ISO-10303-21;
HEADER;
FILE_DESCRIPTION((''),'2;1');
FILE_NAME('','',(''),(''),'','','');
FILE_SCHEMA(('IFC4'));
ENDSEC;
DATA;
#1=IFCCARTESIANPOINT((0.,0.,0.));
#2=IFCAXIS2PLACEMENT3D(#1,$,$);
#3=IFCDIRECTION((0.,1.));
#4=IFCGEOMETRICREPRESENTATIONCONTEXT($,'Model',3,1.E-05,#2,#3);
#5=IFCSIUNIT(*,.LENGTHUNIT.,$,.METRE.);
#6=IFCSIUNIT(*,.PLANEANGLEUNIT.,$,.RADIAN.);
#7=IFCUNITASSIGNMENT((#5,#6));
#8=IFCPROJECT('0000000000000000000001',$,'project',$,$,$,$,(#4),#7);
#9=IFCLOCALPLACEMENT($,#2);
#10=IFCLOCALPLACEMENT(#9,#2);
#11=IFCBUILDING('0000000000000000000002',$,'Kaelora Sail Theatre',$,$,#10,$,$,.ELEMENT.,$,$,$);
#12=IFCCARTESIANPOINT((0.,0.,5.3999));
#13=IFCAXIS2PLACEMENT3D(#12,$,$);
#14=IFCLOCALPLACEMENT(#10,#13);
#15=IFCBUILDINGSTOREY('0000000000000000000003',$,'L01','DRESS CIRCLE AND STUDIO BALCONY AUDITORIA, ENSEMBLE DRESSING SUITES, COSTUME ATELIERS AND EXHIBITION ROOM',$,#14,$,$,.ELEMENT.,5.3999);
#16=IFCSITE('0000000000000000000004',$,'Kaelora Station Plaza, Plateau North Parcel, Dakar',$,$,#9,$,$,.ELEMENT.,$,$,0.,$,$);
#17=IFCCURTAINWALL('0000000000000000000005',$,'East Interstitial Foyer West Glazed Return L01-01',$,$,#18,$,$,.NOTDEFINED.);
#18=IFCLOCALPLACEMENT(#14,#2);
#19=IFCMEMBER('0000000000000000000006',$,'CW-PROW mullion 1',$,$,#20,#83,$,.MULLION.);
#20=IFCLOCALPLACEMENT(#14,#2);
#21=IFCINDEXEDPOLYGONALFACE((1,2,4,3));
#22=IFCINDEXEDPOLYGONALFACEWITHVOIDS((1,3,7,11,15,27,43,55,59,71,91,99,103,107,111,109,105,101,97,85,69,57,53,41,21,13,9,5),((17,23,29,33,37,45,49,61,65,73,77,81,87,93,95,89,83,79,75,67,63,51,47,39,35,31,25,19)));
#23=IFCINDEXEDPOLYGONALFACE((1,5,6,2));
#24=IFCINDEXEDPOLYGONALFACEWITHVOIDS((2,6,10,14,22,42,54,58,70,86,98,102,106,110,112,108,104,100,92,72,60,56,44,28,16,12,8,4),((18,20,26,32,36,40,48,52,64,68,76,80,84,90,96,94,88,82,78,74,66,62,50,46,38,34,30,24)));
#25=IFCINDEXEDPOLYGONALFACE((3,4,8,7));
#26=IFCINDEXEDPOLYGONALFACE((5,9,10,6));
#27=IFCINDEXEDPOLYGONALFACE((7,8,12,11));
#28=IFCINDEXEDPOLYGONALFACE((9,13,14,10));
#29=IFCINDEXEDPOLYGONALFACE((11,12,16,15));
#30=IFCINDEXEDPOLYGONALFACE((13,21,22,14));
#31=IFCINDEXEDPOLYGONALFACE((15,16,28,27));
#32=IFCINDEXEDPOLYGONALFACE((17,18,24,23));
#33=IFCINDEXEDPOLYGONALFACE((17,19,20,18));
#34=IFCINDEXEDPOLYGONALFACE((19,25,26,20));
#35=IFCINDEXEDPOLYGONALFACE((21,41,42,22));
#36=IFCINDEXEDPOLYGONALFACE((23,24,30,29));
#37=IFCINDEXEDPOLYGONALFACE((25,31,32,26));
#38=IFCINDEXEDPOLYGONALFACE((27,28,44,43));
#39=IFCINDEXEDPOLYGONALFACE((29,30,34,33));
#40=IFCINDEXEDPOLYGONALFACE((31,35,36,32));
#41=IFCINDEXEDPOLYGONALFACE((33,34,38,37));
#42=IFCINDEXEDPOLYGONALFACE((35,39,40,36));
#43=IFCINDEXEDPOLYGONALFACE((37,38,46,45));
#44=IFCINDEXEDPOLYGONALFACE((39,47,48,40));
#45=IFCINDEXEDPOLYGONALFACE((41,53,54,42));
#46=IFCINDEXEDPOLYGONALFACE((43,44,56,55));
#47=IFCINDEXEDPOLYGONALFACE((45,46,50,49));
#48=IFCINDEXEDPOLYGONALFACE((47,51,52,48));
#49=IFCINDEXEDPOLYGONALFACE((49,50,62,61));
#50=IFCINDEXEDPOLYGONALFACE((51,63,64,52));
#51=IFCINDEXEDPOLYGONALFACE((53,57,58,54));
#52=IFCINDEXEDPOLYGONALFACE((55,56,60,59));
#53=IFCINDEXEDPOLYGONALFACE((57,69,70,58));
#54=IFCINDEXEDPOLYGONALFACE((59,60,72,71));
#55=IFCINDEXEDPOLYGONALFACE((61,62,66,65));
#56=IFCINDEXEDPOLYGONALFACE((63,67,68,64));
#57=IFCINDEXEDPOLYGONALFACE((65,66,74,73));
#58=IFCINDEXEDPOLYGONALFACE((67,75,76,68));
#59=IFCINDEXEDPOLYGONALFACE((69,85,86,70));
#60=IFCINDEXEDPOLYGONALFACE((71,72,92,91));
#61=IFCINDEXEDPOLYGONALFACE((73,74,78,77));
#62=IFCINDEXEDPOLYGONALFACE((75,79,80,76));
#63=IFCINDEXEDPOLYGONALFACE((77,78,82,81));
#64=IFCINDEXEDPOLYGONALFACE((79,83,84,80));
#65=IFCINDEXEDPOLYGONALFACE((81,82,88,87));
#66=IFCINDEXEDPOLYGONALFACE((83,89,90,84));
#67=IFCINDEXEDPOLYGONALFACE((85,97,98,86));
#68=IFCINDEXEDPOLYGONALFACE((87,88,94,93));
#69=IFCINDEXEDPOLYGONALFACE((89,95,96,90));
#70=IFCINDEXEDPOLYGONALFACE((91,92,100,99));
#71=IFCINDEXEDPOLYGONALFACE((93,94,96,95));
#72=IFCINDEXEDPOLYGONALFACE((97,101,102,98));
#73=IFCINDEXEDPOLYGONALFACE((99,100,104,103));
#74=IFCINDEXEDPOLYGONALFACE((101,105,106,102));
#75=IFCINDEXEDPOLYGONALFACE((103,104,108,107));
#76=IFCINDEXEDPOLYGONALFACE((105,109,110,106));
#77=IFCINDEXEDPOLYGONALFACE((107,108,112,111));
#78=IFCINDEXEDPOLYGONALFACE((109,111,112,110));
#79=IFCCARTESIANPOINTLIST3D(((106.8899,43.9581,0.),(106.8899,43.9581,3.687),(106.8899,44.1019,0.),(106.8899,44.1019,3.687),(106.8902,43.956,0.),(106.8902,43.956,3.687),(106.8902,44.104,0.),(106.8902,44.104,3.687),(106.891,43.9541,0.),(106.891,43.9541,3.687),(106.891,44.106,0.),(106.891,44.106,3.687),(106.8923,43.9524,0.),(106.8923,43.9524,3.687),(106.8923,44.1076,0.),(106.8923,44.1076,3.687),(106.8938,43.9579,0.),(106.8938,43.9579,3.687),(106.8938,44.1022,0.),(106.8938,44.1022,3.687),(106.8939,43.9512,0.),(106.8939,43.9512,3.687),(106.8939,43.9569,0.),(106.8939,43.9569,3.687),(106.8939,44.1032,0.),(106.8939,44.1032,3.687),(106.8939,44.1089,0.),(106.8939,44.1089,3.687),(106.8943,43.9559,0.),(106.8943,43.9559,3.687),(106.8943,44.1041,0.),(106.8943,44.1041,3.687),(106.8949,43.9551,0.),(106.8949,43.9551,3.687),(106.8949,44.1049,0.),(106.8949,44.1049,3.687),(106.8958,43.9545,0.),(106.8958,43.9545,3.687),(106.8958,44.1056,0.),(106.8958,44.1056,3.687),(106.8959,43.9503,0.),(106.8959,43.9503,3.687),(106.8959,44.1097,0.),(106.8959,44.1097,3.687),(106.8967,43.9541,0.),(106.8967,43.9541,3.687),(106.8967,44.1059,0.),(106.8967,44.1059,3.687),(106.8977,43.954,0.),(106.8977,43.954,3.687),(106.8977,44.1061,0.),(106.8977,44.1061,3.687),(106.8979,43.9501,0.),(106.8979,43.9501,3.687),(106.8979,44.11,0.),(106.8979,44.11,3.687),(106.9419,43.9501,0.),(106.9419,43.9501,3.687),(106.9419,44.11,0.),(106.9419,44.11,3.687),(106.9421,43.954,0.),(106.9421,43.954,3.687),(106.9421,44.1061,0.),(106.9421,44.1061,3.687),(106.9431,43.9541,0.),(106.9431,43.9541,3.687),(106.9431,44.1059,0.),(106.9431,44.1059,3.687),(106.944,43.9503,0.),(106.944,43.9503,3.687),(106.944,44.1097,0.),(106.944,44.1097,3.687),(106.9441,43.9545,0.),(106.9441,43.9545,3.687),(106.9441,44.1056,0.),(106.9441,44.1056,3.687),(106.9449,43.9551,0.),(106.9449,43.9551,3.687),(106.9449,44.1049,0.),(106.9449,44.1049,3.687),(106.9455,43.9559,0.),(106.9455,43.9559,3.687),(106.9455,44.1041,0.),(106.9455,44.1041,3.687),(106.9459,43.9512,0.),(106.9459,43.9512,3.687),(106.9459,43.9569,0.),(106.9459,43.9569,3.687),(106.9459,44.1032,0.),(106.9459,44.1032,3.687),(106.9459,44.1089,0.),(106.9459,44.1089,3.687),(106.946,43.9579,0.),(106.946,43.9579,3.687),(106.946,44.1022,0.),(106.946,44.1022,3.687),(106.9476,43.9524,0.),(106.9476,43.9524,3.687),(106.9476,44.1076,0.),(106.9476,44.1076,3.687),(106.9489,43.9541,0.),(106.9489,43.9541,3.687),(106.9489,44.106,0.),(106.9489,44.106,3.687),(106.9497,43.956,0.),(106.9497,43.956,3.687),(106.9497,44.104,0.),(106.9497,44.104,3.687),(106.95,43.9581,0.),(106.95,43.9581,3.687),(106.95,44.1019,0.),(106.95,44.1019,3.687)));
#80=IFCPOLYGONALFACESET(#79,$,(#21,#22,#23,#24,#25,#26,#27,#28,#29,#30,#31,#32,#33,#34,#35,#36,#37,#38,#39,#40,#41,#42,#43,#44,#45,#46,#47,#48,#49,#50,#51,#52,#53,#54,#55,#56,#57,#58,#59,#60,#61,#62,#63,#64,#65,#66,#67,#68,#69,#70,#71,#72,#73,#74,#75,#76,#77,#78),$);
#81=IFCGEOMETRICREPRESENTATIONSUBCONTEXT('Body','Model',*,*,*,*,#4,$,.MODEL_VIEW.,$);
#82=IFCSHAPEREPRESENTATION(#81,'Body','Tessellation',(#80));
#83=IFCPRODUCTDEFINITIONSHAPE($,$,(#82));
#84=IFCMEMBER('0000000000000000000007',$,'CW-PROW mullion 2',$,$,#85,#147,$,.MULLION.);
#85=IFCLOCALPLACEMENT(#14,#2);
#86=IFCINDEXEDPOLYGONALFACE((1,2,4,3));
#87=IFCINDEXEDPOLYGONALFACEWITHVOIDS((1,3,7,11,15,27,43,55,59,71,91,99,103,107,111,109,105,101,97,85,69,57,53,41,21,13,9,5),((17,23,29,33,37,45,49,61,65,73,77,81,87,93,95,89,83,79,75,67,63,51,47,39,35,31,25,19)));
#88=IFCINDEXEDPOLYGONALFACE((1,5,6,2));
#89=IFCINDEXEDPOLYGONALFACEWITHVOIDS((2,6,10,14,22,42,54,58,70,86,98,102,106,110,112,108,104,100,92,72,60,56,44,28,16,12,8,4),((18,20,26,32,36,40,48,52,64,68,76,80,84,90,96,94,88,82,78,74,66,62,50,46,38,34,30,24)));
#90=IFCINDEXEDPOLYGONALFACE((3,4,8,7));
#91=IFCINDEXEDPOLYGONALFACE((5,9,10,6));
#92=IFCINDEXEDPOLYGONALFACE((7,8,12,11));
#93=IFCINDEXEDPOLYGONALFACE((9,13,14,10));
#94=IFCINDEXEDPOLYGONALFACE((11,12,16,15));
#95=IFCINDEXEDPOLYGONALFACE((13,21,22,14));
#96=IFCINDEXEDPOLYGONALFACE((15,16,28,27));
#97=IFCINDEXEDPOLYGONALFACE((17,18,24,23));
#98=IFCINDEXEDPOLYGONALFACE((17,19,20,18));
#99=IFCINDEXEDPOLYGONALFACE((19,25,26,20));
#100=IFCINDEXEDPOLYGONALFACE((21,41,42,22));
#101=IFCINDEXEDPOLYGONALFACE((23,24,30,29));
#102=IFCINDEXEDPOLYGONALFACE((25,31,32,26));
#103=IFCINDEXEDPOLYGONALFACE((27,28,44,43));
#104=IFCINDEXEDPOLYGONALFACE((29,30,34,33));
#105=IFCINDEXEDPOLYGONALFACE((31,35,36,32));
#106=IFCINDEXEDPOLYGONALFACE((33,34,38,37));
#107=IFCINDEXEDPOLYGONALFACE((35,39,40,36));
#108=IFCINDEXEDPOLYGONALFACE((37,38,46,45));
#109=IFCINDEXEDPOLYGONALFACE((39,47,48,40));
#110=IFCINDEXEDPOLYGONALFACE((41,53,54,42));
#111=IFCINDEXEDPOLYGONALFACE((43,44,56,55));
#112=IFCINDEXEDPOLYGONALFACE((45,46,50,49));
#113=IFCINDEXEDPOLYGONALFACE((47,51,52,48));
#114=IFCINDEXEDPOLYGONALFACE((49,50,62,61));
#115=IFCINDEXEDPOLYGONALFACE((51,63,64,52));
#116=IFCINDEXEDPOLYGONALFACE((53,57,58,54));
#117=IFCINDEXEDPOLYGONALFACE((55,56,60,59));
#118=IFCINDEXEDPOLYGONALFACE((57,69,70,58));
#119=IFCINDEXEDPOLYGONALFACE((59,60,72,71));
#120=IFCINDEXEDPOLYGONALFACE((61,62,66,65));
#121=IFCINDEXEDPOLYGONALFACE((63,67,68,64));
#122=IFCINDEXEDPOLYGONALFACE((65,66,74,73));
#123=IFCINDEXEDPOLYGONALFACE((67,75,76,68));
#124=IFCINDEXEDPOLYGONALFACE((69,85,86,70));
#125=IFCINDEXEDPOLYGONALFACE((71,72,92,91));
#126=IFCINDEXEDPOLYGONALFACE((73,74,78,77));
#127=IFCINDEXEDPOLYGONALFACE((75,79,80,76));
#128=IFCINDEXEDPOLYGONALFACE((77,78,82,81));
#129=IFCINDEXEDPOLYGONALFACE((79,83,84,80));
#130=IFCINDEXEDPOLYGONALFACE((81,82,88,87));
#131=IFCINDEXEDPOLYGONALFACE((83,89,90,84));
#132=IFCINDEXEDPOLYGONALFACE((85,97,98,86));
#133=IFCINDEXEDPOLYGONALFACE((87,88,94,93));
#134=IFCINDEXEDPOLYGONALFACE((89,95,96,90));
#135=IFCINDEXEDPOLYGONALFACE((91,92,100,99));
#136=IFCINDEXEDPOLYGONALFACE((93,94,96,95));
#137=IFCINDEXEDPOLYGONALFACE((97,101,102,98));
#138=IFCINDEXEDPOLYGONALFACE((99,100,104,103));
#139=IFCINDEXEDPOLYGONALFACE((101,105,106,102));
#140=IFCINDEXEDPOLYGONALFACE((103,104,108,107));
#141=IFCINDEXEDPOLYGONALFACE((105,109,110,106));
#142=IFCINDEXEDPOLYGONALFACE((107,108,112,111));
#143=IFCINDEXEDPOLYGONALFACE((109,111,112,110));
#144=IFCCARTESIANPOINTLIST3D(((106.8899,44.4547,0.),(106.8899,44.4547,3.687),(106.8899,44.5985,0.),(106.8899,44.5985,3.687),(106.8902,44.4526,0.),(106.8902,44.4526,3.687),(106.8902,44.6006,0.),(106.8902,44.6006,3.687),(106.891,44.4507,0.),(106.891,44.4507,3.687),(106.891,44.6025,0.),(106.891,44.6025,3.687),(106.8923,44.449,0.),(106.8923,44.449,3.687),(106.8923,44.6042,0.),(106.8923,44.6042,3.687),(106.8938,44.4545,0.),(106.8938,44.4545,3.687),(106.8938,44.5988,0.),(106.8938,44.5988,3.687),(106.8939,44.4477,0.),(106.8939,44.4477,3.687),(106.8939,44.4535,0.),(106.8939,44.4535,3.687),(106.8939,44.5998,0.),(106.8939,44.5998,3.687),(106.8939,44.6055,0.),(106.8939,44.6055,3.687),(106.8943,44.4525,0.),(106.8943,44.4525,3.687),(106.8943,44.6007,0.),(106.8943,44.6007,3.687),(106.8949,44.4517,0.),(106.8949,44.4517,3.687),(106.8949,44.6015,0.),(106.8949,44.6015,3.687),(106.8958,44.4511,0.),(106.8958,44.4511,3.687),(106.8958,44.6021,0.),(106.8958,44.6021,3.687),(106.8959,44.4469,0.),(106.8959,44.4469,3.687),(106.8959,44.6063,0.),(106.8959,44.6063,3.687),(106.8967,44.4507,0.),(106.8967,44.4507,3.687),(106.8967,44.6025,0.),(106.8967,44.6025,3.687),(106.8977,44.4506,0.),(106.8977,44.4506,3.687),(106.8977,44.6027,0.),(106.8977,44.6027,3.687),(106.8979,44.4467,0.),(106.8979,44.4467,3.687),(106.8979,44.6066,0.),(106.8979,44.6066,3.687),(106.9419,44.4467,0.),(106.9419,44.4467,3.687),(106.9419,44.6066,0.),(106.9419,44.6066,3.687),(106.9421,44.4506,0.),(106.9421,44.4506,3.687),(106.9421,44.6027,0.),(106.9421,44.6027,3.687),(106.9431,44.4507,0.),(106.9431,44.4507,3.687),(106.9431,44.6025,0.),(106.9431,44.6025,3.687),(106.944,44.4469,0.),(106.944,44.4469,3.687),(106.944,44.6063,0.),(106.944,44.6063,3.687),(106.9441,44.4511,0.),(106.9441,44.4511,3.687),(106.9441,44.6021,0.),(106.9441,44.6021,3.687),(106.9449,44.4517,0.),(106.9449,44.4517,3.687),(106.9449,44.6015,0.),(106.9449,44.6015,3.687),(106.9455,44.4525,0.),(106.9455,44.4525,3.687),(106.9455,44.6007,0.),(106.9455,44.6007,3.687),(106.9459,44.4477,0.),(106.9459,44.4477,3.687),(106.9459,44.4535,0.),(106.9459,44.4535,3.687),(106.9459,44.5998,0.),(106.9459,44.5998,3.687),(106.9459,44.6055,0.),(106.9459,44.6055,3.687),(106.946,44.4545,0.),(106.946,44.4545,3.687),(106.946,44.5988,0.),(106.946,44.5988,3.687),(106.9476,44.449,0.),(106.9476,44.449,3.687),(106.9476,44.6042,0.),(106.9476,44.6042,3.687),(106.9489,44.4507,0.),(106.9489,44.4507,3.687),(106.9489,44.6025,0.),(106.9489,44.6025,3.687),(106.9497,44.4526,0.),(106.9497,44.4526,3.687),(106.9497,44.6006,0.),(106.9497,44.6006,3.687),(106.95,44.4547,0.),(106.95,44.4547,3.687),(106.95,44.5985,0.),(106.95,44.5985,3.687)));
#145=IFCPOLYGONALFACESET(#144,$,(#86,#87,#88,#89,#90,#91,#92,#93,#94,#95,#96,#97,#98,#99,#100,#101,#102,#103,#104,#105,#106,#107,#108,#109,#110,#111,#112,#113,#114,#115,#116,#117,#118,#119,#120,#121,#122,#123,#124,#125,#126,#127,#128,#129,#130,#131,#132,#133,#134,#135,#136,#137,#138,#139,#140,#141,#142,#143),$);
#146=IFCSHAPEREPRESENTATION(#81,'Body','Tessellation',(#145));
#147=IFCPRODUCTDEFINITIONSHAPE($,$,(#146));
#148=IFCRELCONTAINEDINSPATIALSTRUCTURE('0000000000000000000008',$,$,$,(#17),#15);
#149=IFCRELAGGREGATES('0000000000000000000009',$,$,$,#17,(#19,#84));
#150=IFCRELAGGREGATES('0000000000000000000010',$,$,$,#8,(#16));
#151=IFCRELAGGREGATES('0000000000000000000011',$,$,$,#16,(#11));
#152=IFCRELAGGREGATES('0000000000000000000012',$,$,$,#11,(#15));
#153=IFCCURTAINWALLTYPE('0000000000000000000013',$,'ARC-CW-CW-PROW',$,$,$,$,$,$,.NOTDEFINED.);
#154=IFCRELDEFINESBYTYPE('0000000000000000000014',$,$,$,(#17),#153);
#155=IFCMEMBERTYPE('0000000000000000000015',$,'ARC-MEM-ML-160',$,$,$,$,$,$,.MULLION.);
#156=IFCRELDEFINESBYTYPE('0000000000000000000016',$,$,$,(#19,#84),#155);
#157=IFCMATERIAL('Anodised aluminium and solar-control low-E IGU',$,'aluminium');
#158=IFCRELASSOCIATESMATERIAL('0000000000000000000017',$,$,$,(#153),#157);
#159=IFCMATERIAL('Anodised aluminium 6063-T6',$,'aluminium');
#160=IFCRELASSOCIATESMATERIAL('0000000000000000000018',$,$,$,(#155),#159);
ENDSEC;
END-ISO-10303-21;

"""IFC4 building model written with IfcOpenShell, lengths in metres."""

from ifc_helpers import new_model, si_unit, direction, frame, origin, origin_2d, place, context, subcontext, project, spatial, hollow_rectangle, extrude, material, material_profile, profile_set, type_object, element, aggregate, save


model = new_model("IFC4")

# Units and contexts
model_context = context("Model", 3, precision=1e-05, world=origin(), true_north=direction((0.0, 1.0)))
body_context = subcontext(model_context, "Body", "Model", "MODEL_VIEW")
ifc_project = project(units=[si_unit("LENGTHUNIT", "METRE"), si_unit("PLANEANGLEUNIT", "RADIAN")], contexts=[model_context])

# Site, building, storey
site_placement = place(None, origin())
site = spatial("IfcSite", under=ifc_project, at=site_placement, Name="Kaelora Station Plaza, Plateau North Parcel, Dakar", CompositionType="ELEMENT", RefElevation=0.0)
building_placement = place(site_placement, origin())
building = spatial("IfcBuilding", under=site, at=building_placement, Name="Kaelora Sail Theatre", CompositionType="ELEMENT")
storey_placement = place(building_placement, frame((0.0, 0.0, 5.3999)))
storey = spatial("IfcBuildingStorey", under=building, at=storey_placement, Name="L01", Description="DRESS CIRCLE AND STUDIO BALCONY AUDITORIA, ENSEMBLE DRESSING SUITES, COSTUME ATELIERS AND EXHIBITION ROOM", CompositionType="ELEMENT", Elevation=5.3999)

# Curtain wall, members
ifc_material_1 = material(Name="Anodised aluminium and solar-control low-E IGU", Category="aluminium")
curtain_wall_type = type_object("IfcCurtainWallType", Name="ARC-CW-CW-PROW", PredefinedType="NOTDEFINED", material=ifc_material_1)
curtain_wall_placement = place(storey_placement, origin())
curtain_wall = element("IfcCurtainWall", 1, at=curtain_wall_placement, inside=storey, type_object=curtain_wall_type, Name="East Interstitial Foyer West Glazed Return L01-01", PredefinedType="NOTDEFINED")
ifc_material_2 = material(Name="Anodised aluminium 6063-T6", Category="aluminium")
ifc_material_profile_1 = material_profile(ifc_material_2, hollow_rectangle(XDim=0.0601, YDim=0.1599, WallThickness=0.0039, InnerFilletRadius=0.0039, OuterFilletRadius=0.0081, at=origin_2d()), Name="ALU-MULL 60x160x4")
ifc_profile_set_1 = profile_set([ifc_material_profile_1], Name="Anodised aluminium 6063-T6")
member_type_1 = type_object("IfcMemberType", Name="ARC-MEM-ML-160", PredefinedType="MULLION", material=ifc_profile_set_1)
member_1_placement = place(storey_placement, frame((106.9199, 44.03, 0.0), z_axis=(0.0, 0.0, 1.0), x_axis=(-1.0, 0.0, 0.0)))
member_1 = element("IfcMember", 2, at=member_1_placement, type_object=member_type_1, Name="CW-PROW mullion 1", PredefinedType="MULLION", context=body_context, shape_type="SweptSolid", body=[
    extrude(hollow_rectangle(XDim=0.0601, YDim=0.1599, WallThickness=0.0039, InnerFilletRadius=0.0039, OuterFilletRadius=0.0081, at=origin_2d()), origin(), (0.0, 0.0, 1.0), 3.687),
])
member_2_placement = place(storey_placement, frame((106.9199, 44.5266, 0.0), z_axis=(0.0, 0.0, 1.0), x_axis=(-1.0, 0.0, 0.0)))
member_2 = element("IfcMember", 3, at=member_2_placement, type_object=member_type_1, Name="CW-PROW mullion 2", PredefinedType="MULLION", context=body_context, shape_type="SweptSolid", body=[
    extrude(hollow_rectangle(XDim=0.0601, YDim=0.1599, WallThickness=0.0039, InnerFilletRadius=0.0039, OuterFilletRadius=0.0081, at=origin_2d()), origin(), (0.0, 0.0, 1.0), 3.687),
])

aggregate(curtain_wall, [member_1, member_2])

save(model, "model.ifc")
